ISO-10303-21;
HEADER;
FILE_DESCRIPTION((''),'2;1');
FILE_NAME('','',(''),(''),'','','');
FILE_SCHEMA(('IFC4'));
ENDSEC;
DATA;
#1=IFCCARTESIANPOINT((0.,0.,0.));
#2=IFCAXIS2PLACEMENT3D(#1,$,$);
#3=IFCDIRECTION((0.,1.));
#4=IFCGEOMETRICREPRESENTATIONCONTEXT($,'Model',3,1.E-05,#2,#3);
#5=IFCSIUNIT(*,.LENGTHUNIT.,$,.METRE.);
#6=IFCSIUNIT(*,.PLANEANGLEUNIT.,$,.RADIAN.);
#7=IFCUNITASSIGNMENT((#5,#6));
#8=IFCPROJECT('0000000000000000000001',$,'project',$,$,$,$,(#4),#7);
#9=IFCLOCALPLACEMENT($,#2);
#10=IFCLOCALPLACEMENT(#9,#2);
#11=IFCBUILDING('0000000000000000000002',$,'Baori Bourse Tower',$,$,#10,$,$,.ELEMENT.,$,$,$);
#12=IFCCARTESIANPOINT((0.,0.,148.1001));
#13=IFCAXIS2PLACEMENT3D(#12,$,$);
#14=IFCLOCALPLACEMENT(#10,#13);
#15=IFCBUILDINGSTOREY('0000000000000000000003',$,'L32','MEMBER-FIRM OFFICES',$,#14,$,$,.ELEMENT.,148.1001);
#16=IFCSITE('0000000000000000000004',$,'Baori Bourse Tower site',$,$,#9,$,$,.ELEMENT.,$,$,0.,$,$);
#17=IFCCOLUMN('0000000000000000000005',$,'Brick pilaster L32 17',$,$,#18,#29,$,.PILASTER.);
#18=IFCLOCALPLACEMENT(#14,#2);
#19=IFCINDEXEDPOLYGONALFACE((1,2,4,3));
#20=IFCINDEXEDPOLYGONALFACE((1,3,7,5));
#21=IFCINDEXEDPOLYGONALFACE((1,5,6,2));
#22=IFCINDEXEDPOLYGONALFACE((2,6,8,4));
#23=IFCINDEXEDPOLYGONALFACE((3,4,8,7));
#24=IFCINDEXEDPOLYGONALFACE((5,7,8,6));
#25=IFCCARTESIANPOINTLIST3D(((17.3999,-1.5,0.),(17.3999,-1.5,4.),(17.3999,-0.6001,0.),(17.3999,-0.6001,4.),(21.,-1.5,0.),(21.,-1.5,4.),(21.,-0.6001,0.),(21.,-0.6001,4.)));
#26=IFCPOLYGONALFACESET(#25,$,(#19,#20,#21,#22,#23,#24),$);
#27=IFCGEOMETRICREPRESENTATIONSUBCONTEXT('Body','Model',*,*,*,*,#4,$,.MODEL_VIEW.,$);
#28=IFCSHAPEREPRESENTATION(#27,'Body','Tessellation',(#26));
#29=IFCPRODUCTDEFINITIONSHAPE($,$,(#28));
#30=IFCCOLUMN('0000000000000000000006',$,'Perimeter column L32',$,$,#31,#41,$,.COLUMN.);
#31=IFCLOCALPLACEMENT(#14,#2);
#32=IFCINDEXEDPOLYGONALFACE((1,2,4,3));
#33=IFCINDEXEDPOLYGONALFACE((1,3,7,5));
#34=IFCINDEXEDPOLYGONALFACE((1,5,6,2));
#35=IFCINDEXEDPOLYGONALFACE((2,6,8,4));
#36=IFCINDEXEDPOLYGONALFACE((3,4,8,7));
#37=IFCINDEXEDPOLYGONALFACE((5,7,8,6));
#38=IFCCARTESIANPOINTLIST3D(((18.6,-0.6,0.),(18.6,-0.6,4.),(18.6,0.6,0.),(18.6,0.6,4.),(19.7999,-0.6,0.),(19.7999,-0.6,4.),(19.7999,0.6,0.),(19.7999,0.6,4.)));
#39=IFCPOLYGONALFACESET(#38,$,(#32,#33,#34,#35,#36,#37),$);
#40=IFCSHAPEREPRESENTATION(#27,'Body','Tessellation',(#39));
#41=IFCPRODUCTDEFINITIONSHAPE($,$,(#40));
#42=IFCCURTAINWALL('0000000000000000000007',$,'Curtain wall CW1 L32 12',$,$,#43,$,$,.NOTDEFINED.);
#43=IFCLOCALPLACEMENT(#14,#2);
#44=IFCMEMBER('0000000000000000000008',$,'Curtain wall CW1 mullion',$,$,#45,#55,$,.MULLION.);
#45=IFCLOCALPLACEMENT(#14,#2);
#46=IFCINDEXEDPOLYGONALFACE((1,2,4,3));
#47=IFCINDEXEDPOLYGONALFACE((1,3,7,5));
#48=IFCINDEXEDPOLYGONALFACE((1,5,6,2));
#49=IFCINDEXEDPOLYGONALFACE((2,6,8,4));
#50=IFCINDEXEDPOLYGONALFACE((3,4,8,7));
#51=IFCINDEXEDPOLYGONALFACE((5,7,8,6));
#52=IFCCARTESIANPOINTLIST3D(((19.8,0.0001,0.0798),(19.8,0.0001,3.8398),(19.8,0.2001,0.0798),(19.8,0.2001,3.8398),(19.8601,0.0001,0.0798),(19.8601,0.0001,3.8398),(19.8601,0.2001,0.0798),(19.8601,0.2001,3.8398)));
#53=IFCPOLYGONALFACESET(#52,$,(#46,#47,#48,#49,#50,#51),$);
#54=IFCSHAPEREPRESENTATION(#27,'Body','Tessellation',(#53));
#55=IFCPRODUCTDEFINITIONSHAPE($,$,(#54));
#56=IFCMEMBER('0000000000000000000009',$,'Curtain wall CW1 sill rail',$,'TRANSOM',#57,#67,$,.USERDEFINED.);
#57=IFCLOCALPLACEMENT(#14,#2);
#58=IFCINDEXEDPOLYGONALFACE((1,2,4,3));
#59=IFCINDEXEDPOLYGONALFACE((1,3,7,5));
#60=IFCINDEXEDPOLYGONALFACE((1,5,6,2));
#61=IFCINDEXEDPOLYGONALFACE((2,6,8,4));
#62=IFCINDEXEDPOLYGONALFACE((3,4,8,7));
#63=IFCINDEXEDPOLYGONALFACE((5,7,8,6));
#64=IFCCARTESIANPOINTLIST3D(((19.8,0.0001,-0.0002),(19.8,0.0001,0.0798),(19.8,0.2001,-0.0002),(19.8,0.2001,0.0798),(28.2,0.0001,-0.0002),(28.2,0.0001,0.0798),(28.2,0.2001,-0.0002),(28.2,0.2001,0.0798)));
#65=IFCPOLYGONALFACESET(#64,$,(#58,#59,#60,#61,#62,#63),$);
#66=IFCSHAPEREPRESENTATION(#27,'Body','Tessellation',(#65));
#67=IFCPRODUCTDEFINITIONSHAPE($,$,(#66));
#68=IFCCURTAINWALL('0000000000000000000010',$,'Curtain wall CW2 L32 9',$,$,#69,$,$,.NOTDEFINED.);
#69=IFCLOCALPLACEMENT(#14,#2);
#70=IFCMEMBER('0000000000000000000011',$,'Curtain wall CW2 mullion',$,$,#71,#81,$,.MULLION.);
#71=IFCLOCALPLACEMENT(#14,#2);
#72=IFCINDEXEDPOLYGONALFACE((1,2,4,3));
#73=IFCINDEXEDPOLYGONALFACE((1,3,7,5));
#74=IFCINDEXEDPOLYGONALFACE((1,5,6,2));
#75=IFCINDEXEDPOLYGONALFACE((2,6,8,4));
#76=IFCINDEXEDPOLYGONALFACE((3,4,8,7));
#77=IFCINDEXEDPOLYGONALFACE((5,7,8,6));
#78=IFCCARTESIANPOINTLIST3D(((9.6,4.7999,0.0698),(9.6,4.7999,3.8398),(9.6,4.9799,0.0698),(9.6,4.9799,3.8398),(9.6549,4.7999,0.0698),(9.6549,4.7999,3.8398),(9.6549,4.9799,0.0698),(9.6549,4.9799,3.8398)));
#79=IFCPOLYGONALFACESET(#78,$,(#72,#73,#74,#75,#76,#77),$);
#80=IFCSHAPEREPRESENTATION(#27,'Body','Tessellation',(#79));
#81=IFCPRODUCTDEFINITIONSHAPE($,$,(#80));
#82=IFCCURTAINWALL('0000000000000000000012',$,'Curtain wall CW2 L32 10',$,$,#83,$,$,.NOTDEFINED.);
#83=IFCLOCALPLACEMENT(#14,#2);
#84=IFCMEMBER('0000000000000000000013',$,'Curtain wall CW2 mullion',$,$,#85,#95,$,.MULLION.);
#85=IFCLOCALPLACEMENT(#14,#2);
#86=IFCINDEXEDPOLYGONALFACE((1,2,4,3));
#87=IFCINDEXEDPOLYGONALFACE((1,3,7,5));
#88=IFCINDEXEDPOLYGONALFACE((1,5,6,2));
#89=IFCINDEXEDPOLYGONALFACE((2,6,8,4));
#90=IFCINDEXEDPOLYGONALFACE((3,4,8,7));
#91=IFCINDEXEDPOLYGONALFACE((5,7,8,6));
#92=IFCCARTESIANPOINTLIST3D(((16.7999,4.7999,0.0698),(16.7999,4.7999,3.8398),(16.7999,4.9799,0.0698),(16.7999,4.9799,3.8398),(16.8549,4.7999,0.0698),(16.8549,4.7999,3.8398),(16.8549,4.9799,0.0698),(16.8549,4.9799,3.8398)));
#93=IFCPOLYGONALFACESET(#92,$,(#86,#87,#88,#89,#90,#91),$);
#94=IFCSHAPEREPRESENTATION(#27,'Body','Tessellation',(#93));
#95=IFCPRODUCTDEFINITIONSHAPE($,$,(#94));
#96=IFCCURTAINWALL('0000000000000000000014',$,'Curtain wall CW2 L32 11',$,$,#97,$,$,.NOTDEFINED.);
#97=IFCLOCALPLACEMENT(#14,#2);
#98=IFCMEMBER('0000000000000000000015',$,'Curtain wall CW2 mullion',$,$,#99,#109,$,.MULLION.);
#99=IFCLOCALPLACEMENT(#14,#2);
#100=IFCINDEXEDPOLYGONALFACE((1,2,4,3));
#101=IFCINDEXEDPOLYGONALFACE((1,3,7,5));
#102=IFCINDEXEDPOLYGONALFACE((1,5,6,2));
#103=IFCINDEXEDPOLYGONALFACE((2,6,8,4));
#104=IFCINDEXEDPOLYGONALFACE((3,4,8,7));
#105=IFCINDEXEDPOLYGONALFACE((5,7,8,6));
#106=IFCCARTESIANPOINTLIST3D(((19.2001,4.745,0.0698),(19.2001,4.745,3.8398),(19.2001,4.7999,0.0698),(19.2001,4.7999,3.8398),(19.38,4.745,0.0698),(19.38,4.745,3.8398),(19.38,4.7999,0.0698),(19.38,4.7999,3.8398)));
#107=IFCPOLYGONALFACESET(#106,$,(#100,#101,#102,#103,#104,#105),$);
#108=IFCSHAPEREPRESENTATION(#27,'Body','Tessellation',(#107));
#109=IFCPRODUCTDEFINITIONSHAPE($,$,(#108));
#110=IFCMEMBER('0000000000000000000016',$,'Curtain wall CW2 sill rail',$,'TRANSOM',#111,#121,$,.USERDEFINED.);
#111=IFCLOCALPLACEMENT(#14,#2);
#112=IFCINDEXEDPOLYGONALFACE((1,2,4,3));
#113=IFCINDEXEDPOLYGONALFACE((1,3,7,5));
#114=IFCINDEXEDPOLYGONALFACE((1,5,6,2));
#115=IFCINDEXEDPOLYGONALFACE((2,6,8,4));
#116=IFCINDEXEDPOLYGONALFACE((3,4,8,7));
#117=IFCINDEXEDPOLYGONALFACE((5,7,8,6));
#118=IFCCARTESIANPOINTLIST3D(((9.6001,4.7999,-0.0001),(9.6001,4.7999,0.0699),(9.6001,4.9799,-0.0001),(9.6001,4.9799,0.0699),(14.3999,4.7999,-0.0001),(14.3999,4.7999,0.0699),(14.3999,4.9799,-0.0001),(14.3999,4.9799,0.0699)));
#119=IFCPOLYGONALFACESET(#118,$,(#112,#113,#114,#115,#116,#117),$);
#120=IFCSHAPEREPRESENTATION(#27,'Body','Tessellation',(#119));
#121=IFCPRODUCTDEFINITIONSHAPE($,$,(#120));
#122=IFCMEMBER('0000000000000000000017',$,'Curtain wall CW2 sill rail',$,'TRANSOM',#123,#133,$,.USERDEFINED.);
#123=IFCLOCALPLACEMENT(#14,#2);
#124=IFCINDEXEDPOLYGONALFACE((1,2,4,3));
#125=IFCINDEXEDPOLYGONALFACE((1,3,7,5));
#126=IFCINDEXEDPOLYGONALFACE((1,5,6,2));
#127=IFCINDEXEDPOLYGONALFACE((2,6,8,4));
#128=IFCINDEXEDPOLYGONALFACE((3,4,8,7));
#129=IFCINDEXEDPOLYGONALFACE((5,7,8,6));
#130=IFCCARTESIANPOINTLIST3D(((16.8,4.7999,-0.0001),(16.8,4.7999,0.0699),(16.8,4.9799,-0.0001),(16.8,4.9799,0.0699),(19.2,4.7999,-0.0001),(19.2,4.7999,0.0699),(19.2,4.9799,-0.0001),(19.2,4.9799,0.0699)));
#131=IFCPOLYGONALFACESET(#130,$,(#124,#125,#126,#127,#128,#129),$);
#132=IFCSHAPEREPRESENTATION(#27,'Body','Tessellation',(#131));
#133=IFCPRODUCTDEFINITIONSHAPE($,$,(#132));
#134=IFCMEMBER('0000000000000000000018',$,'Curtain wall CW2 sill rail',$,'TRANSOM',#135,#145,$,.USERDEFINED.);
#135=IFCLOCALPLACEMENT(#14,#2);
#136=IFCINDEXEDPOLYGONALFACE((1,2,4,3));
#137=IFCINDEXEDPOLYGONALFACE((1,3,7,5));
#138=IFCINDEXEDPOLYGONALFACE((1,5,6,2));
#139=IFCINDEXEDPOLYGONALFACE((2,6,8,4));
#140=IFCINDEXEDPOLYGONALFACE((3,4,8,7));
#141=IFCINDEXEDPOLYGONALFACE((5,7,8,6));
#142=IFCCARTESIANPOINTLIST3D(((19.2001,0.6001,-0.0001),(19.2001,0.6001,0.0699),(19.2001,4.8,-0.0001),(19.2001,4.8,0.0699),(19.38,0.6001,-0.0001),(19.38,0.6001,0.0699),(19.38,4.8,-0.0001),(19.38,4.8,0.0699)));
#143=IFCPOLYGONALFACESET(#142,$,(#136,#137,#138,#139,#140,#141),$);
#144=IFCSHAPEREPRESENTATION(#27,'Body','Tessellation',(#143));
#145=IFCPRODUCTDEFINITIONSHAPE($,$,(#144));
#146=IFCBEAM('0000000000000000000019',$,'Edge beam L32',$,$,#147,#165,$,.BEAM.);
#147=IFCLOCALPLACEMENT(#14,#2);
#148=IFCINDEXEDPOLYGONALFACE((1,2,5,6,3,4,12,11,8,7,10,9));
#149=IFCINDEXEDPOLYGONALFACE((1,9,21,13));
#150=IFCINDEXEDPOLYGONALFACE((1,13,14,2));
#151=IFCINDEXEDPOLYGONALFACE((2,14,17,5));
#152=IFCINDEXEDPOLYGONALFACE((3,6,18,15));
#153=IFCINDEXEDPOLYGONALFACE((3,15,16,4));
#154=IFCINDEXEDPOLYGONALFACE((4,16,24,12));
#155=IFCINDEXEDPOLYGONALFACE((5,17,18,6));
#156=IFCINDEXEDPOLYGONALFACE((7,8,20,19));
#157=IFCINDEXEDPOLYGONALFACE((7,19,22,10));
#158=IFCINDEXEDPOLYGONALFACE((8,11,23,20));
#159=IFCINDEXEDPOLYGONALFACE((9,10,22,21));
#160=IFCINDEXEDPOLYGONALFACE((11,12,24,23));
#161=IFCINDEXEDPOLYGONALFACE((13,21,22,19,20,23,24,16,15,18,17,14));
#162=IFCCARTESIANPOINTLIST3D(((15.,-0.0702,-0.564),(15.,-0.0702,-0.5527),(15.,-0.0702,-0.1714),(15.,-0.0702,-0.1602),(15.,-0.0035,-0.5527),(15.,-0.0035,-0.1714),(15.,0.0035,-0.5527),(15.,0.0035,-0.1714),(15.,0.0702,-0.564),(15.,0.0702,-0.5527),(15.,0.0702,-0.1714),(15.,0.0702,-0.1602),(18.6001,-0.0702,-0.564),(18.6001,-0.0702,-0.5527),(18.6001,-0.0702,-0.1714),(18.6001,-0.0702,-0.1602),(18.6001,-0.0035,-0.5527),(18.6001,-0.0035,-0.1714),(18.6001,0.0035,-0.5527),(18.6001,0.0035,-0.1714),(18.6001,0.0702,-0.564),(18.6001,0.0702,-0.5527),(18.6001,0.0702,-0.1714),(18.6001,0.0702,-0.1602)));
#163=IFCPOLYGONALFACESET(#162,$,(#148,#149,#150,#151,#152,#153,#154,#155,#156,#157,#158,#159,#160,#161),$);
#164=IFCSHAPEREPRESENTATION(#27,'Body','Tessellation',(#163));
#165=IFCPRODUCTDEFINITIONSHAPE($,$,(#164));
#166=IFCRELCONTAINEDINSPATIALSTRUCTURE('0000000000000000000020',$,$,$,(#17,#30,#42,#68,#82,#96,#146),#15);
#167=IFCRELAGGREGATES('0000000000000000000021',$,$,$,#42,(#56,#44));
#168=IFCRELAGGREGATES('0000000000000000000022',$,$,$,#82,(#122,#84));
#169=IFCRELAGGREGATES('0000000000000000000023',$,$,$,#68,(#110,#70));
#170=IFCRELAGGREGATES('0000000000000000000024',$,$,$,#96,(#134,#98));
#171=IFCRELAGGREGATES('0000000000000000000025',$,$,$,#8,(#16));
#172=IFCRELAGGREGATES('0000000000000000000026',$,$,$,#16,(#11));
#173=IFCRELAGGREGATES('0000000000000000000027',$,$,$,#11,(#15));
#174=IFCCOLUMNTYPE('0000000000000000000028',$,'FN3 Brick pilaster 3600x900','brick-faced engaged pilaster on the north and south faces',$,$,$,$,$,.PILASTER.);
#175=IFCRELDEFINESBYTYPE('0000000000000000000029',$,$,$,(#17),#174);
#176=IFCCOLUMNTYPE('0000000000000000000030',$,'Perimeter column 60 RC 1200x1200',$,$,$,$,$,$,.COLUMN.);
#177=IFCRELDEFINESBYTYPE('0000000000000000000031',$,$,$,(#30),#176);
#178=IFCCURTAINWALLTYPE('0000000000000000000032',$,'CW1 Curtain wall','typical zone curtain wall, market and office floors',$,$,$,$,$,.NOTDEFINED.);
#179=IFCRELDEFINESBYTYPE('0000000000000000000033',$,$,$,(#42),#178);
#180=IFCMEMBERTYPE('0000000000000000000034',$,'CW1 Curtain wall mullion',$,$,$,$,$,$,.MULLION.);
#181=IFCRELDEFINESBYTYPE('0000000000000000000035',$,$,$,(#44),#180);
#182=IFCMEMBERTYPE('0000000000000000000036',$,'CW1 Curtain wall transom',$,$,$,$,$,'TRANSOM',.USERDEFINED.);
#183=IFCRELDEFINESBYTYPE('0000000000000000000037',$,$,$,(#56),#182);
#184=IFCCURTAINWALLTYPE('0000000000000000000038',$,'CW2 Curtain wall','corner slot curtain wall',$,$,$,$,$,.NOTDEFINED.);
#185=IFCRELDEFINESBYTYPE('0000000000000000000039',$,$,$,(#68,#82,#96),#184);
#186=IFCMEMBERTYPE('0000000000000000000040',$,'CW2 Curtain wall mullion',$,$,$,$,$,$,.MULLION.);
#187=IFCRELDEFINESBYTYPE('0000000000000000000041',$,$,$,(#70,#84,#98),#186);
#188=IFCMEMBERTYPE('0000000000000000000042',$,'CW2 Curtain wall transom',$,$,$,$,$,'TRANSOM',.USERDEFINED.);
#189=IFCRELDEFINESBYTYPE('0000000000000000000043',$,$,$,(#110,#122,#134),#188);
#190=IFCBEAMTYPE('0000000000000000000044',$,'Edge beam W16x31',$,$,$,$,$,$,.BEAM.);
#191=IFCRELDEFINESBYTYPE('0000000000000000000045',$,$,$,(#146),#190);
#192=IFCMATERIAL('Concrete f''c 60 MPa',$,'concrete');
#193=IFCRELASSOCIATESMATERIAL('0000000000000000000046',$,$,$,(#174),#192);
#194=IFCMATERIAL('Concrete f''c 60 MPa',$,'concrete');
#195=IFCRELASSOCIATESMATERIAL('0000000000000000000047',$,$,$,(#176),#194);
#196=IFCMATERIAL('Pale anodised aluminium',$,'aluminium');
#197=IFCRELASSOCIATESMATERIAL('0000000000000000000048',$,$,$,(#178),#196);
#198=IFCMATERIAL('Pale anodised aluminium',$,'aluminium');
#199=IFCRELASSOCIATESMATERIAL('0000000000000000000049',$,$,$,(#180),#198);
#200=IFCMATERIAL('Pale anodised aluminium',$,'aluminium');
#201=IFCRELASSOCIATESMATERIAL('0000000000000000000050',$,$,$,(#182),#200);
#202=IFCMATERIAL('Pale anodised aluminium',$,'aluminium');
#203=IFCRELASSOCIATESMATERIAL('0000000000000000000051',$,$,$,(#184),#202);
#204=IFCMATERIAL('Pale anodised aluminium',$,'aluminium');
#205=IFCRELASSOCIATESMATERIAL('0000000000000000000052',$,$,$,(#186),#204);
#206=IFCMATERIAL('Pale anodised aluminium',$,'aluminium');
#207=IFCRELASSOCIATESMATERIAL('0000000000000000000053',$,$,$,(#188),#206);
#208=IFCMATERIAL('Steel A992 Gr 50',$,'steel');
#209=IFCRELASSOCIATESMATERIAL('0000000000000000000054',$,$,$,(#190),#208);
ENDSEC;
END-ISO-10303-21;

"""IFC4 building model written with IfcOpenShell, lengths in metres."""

from ifc_helpers import new_model, si_unit, direction, frame, origin, origin_2d, place, context, subcontext, project, spatial, rectangle, i_section, extrude, material, material_profile, profile_set, type_object, element, aggregate, save


model = new_model("IFC4")

# Units and contexts
model_context = context("Model", 3, precision=1e-05, world=origin(), true_north=direction((0.0, 1.0)))
body_context = subcontext(model_context, "Body", "Model", "MODEL_VIEW")
ifc_project = project(units=[si_unit("LENGTHUNIT", "METRE"), si_unit("PLANEANGLEUNIT", "RADIAN")], contexts=[model_context])

# Site, building, storey
site_placement = place(None, origin())
site = spatial("IfcSite", under=ifc_project, at=site_placement, Name="Baori Bourse Tower site", CompositionType="ELEMENT", RefElevation=0.0)
building_placement = place(site_placement, origin())
building = spatial("IfcBuilding", under=site, at=building_placement, Name="Baori Bourse Tower", CompositionType="ELEMENT")
storey_placement = place(building_placement, frame((0.0, 0.0, 148.1001)))
storey = spatial("IfcBuildingStorey", under=building, at=storey_placement, Name="L32", Description="MEMBER-FIRM OFFICES", CompositionType="ELEMENT", Elevation=148.1001)

# Columns
ifc_material_1 = material(Name="Concrete f'c 60 MPa", Category="concrete")
ifc_material_profile_1 = material_profile(ifc_material_1, rectangle(XDim=3.6001, YDim=0.8999, at=origin_2d()), Name="RC 3600x900")
ifc_profile_set_1 = profile_set([ifc_material_profile_1], Name="Concrete f'c 60 MPa")
column_type_1 = type_object("IfcColumnType", Name="FN3 Brick pilaster 3600x900", Description="brick-faced engaged pilaster on the north and south faces", PredefinedType="PILASTER", material=ifc_profile_set_1)
column_1_placement = place(storey_placement, frame((19.2, -1.05, 0.0), z_axis=(0.0, 0.0, 1.0), x_axis=(1.0, 0.0, 0.0)))
element("IfcColumn", 1, at=column_1_placement, inside=storey, type_object=column_type_1, Name="Brick pilaster L32 17", PredefinedType="PILASTER", context=body_context, shape_type="SweptSolid", body=[
    extrude(rectangle(XDim=3.6001, YDim=0.8999, at=origin_2d()), origin(), (0.0, 0.0, 1.0), 4.0),
])
ifc_material_2 = material(Name="Concrete f'c 60 MPa", Category="concrete")
ifc_material_profile_2 = material_profile(ifc_material_2, rectangle(XDim=1.2, YDim=1.2, at=origin_2d()), Name="RC 1200x1200")
ifc_profile_set_2 = profile_set([ifc_material_profile_2], Name="Concrete f'c 60 MPa")
column_type_2 = type_object("IfcColumnType", Name="Perimeter column 60 RC 1200x1200", PredefinedType="COLUMN", material=ifc_profile_set_2)
column_2_placement = place(storey_placement, frame((19.2, 0.0, 0.0), z_axis=(0.0, 0.0, 1.0), x_axis=(1.0, 0.0, 0.0)))
element("IfcColumn", 2, at=column_2_placement, inside=storey, type_object=column_type_2, Name="Perimeter column L32", PredefinedType="COLUMN", context=body_context, shape_type="SweptSolid", body=[
    extrude(rectangle(XDim=1.2, YDim=1.2, at=origin_2d()), origin(), (0.0, 0.0, 1.0), 4.0),
])

# Curtain wall, members
ifc_material_3 = material(Name="Pale anodised aluminium", Category="aluminium")
curtain_wall_type_1 = type_object("IfcCurtainWallType", Name="CW1 Curtain wall", Description="typical zone curtain wall, market and office floors", PredefinedType="NOTDEFINED", material=ifc_material_3)
curtain_wall_1_placement = place(storey_placement, origin())
curtain_wall_1 = element("IfcCurtainWall", 3, at=curtain_wall_1_placement, inside=storey, type_object=curtain_wall_type_1, Name="Curtain wall CW1 L32 12", PredefinedType="NOTDEFINED")
ifc_material_4 = material(Name="Pale anodised aluminium", Category="aluminium")
ifc_material_profile_3 = material_profile(ifc_material_4, rectangle(XDim=0.2, YDim=0.0601, at=origin_2d()), Name="Mullion 60x200")
ifc_profile_set_3 = profile_set([ifc_material_profile_3], Name="Pale anodised aluminium")
member_type_1 = type_object("IfcMemberType", Name="CW1 Curtain wall mullion", PredefinedType="MULLION", material=ifc_profile_set_3)
member_1_placement = place(storey_placement, frame((19.8301, 0.1001, 0.0798), z_axis=(0.0, 0.0, 1.0), x_axis=(0.0, 1.0, 0.0)))
member_1 = element("IfcMember", 4, at=member_1_placement, type_object=member_type_1, Name="Curtain wall CW1 mullion", PredefinedType="MULLION", context=body_context, shape_type="SweptSolid", body=[
    extrude(rectangle(XDim=0.2, YDim=0.0601, at=origin_2d()), origin(), (0.0, 0.0, 1.0), 3.76),
])
ifc_material_5 = material(Name="Pale anodised aluminium", Category="aluminium")
ifc_material_profile_4 = material_profile(ifc_material_5, rectangle(XDim=0.2, YDim=0.0801, at=origin_2d()), Name="Transom 80x200")
ifc_profile_set_4 = profile_set([ifc_material_profile_4], Name="Pale anodised aluminium")
member_type_2 = type_object("IfcMemberType", Name="CW1 Curtain wall transom", ElementType="TRANSOM", PredefinedType="USERDEFINED", material=ifc_profile_set_4)
member_2_placement = place(storey_placement, frame((19.8, 0.1001, 0.0398), z_axis=(1.0, 0.0, 0.0), x_axis=(0.0, 1.0, 0.0)))
member_2 = element("IfcMember", 5, at=member_2_placement, type_object=member_type_2, Name="Curtain wall CW1 sill rail", ObjectType="TRANSOM", PredefinedType="USERDEFINED", context=body_context, shape_type="SweptSolid", body=[
    extrude(rectangle(XDim=0.2, YDim=0.0801, at=origin_2d()), origin(), (0.0, 0.0, 1.0), 8.3999),
])
aggregate(curtain_wall_1, [member_2, member_1])

# Curtain walls, members
ifc_material_6 = material(Name="Pale anodised aluminium", Category="aluminium")
curtain_wall_type_2 = type_object("IfcCurtainWallType", Name="CW2 Curtain wall", Description="corner slot curtain wall", PredefinedType="NOTDEFINED", material=ifc_material_6)
curtain_wall_2_placement = place(storey_placement, origin())
curtain_wall_2 = element("IfcCurtainWall", 6, at=curtain_wall_2_placement, inside=storey, type_object=curtain_wall_type_2, Name="Curtain wall CW2 L32 9", PredefinedType="NOTDEFINED")
ifc_material_7 = material(Name="Pale anodised aluminium", Category="aluminium")
ifc_material_profile_5 = material_profile(ifc_material_7, rectangle(XDim=0.1799, YDim=0.0549, at=origin_2d()), Name="Mullion 55x180")
ifc_profile_set_5 = profile_set([ifc_material_profile_5], Name="Pale anodised aluminium")
member_type_3 = type_object("IfcMemberType", Name="CW2 Curtain wall mullion", PredefinedType="MULLION", material=ifc_profile_set_5)
member_3_placement = place(storey_placement, frame((9.6274, 4.8899, 0.0698), z_axis=(0.0, 0.0, 1.0), x_axis=(0.0, 1.0, 0.0)))
member_3 = element("IfcMember", 7, at=member_3_placement, type_object=member_type_3, Name="Curtain wall CW2 mullion", PredefinedType="MULLION", context=body_context, shape_type="SweptSolid", body=[
    extrude(rectangle(XDim=0.1799, YDim=0.0549, at=origin_2d()), origin(), (0.0, 0.0, 1.0), 3.77),
])
curtain_wall_3_placement = place(storey_placement, origin())
curtain_wall_3 = element("IfcCurtainWall", 8, at=curtain_wall_3_placement, inside=storey, type_object=curtain_wall_type_2, Name="Curtain wall CW2 L32 10", PredefinedType="NOTDEFINED")
member_4_placement = place(storey_placement, frame((16.8274, 4.8899, 0.0698), z_axis=(0.0, 0.0, 1.0), x_axis=(0.0, 1.0, 0.0)))
member_4 = element("IfcMember", 9, at=member_4_placement, type_object=member_type_3, Name="Curtain wall CW2 mullion", PredefinedType="MULLION", context=body_context, shape_type="SweptSolid", body=[
    extrude(rectangle(XDim=0.1799, YDim=0.0549, at=origin_2d()), origin(), (0.0, 0.0, 1.0), 3.77),
])
curtain_wall_4_placement = place(storey_placement, origin())
curtain_wall_4 = element("IfcCurtainWall", 10, at=curtain_wall_4_placement, inside=storey, type_object=curtain_wall_type_2, Name="Curtain wall CW2 L32 11", PredefinedType="NOTDEFINED")
member_5_placement = place(storey_placement, frame((19.29, 4.7725, 0.0698), z_axis=(0.0, 0.0, 1.0), x_axis=(1.0, 0.0, 0.0)))
member_5 = element("IfcMember", 11, at=member_5_placement, type_object=member_type_3, Name="Curtain wall CW2 mullion", PredefinedType="MULLION", context=body_context, shape_type="SweptSolid", body=[
    extrude(rectangle(XDim=0.1799, YDim=0.0549, at=origin_2d()), origin(), (0.0, 0.0, 1.0), 3.77),
])

# Members
ifc_material_8 = material(Name="Pale anodised aluminium", Category="aluminium")
ifc_material_profile_6 = material_profile(ifc_material_8, rectangle(XDim=0.1799, YDim=0.0701, at=origin_2d()), Name="Transom 70x180")
ifc_profile_set_6 = profile_set([ifc_material_profile_6], Name="Pale anodised aluminium")
member_type_4 = type_object("IfcMemberType", Name="CW2 Curtain wall transom", ElementType="TRANSOM", PredefinedType="USERDEFINED", material=ifc_profile_set_6)
member_6_placement = place(storey_placement, frame((9.6001, 4.8899, 0.0349), z_axis=(1.0, 0.0, 0.0), x_axis=(0.0, 1.0, 0.0)))
member_6 = element("IfcMember", 12, at=member_6_placement, type_object=member_type_4, Name="Curtain wall CW2 sill rail", ObjectType="TRANSOM", PredefinedType="USERDEFINED", context=body_context, shape_type="SweptSolid", body=[
    extrude(rectangle(XDim=0.1799, YDim=0.0701, at=origin_2d()), origin(), (0.0, 0.0, 1.0), 4.7998),
])
member_7_placement = place(storey_placement, frame((16.8, 4.8899, 0.0349), z_axis=(1.0, 0.0, 0.0), x_axis=(0.0, 1.0, 0.0)))
member_7 = element("IfcMember", 13, at=member_7_placement, type_object=member_type_4, Name="Curtain wall CW2 sill rail", ObjectType="TRANSOM", PredefinedType="USERDEFINED", context=body_context, shape_type="SweptSolid", body=[
    extrude(rectangle(XDim=0.1799, YDim=0.0701, at=origin_2d()), origin(), (0.0, 0.0, 1.0), 2.3999),
])
aggregate(curtain_wall_3, [member_7, member_4])
member_8_placement = place(storey_placement, frame((19.29, 4.8, 0.0349), z_axis=(0.0, -1.0, 0.0), x_axis=(1.0, 0.0, 0.0)))
member_8 = element("IfcMember", 14, at=member_8_placement, type_object=member_type_4, Name="Curtain wall CW2 sill rail", ObjectType="TRANSOM", PredefinedType="USERDEFINED", context=body_context, shape_type="SweptSolid", body=[
    extrude(rectangle(XDim=0.1799, YDim=0.0701, at=origin_2d()), origin(), (0.0, 0.0, 1.0), 4.2),
])

# Beam
ifc_material_9 = material(Name="Steel A992 Gr 50", Category="steel")
ifc_material_profile_7 = material_profile(ifc_material_9, i_section(OverallWidth=0.1404, OverallDepth=0.4038, WebThickness=0.0071, FlangeThickness=0.0112, at=origin_2d()), Name="W16x31")
ifc_profile_set_7 = profile_set([ifc_material_profile_7], Name="Steel A992 Gr 50")
beam_type_1 = type_object("IfcBeamType", Name="Edge beam W16x31", PredefinedType="BEAM", material=ifc_profile_set_7)
beam_1_placement = place(storey_placement, frame((15.0, 0.0, -0.3621), z_axis=(1.0, 0.0, 0.0), x_axis=(0.0, 1.0, 0.0)))
element("IfcBeam", 15, at=beam_1_placement, inside=storey, type_object=beam_type_1, Name="Edge beam L32", PredefinedType="BEAM", context=body_context, shape_type="SweptSolid", body=[
    extrude(i_section(OverallWidth=0.1404, OverallDepth=0.4038, WebThickness=0.0071, FlangeThickness=0.0112, at=origin_2d()), origin(), (0.0, 0.0, 1.0), 3.6001),
])

aggregate(curtain_wall_2, [member_6, member_3])
aggregate(curtain_wall_4, [member_8, member_5])

save(model, "model.ifc")
